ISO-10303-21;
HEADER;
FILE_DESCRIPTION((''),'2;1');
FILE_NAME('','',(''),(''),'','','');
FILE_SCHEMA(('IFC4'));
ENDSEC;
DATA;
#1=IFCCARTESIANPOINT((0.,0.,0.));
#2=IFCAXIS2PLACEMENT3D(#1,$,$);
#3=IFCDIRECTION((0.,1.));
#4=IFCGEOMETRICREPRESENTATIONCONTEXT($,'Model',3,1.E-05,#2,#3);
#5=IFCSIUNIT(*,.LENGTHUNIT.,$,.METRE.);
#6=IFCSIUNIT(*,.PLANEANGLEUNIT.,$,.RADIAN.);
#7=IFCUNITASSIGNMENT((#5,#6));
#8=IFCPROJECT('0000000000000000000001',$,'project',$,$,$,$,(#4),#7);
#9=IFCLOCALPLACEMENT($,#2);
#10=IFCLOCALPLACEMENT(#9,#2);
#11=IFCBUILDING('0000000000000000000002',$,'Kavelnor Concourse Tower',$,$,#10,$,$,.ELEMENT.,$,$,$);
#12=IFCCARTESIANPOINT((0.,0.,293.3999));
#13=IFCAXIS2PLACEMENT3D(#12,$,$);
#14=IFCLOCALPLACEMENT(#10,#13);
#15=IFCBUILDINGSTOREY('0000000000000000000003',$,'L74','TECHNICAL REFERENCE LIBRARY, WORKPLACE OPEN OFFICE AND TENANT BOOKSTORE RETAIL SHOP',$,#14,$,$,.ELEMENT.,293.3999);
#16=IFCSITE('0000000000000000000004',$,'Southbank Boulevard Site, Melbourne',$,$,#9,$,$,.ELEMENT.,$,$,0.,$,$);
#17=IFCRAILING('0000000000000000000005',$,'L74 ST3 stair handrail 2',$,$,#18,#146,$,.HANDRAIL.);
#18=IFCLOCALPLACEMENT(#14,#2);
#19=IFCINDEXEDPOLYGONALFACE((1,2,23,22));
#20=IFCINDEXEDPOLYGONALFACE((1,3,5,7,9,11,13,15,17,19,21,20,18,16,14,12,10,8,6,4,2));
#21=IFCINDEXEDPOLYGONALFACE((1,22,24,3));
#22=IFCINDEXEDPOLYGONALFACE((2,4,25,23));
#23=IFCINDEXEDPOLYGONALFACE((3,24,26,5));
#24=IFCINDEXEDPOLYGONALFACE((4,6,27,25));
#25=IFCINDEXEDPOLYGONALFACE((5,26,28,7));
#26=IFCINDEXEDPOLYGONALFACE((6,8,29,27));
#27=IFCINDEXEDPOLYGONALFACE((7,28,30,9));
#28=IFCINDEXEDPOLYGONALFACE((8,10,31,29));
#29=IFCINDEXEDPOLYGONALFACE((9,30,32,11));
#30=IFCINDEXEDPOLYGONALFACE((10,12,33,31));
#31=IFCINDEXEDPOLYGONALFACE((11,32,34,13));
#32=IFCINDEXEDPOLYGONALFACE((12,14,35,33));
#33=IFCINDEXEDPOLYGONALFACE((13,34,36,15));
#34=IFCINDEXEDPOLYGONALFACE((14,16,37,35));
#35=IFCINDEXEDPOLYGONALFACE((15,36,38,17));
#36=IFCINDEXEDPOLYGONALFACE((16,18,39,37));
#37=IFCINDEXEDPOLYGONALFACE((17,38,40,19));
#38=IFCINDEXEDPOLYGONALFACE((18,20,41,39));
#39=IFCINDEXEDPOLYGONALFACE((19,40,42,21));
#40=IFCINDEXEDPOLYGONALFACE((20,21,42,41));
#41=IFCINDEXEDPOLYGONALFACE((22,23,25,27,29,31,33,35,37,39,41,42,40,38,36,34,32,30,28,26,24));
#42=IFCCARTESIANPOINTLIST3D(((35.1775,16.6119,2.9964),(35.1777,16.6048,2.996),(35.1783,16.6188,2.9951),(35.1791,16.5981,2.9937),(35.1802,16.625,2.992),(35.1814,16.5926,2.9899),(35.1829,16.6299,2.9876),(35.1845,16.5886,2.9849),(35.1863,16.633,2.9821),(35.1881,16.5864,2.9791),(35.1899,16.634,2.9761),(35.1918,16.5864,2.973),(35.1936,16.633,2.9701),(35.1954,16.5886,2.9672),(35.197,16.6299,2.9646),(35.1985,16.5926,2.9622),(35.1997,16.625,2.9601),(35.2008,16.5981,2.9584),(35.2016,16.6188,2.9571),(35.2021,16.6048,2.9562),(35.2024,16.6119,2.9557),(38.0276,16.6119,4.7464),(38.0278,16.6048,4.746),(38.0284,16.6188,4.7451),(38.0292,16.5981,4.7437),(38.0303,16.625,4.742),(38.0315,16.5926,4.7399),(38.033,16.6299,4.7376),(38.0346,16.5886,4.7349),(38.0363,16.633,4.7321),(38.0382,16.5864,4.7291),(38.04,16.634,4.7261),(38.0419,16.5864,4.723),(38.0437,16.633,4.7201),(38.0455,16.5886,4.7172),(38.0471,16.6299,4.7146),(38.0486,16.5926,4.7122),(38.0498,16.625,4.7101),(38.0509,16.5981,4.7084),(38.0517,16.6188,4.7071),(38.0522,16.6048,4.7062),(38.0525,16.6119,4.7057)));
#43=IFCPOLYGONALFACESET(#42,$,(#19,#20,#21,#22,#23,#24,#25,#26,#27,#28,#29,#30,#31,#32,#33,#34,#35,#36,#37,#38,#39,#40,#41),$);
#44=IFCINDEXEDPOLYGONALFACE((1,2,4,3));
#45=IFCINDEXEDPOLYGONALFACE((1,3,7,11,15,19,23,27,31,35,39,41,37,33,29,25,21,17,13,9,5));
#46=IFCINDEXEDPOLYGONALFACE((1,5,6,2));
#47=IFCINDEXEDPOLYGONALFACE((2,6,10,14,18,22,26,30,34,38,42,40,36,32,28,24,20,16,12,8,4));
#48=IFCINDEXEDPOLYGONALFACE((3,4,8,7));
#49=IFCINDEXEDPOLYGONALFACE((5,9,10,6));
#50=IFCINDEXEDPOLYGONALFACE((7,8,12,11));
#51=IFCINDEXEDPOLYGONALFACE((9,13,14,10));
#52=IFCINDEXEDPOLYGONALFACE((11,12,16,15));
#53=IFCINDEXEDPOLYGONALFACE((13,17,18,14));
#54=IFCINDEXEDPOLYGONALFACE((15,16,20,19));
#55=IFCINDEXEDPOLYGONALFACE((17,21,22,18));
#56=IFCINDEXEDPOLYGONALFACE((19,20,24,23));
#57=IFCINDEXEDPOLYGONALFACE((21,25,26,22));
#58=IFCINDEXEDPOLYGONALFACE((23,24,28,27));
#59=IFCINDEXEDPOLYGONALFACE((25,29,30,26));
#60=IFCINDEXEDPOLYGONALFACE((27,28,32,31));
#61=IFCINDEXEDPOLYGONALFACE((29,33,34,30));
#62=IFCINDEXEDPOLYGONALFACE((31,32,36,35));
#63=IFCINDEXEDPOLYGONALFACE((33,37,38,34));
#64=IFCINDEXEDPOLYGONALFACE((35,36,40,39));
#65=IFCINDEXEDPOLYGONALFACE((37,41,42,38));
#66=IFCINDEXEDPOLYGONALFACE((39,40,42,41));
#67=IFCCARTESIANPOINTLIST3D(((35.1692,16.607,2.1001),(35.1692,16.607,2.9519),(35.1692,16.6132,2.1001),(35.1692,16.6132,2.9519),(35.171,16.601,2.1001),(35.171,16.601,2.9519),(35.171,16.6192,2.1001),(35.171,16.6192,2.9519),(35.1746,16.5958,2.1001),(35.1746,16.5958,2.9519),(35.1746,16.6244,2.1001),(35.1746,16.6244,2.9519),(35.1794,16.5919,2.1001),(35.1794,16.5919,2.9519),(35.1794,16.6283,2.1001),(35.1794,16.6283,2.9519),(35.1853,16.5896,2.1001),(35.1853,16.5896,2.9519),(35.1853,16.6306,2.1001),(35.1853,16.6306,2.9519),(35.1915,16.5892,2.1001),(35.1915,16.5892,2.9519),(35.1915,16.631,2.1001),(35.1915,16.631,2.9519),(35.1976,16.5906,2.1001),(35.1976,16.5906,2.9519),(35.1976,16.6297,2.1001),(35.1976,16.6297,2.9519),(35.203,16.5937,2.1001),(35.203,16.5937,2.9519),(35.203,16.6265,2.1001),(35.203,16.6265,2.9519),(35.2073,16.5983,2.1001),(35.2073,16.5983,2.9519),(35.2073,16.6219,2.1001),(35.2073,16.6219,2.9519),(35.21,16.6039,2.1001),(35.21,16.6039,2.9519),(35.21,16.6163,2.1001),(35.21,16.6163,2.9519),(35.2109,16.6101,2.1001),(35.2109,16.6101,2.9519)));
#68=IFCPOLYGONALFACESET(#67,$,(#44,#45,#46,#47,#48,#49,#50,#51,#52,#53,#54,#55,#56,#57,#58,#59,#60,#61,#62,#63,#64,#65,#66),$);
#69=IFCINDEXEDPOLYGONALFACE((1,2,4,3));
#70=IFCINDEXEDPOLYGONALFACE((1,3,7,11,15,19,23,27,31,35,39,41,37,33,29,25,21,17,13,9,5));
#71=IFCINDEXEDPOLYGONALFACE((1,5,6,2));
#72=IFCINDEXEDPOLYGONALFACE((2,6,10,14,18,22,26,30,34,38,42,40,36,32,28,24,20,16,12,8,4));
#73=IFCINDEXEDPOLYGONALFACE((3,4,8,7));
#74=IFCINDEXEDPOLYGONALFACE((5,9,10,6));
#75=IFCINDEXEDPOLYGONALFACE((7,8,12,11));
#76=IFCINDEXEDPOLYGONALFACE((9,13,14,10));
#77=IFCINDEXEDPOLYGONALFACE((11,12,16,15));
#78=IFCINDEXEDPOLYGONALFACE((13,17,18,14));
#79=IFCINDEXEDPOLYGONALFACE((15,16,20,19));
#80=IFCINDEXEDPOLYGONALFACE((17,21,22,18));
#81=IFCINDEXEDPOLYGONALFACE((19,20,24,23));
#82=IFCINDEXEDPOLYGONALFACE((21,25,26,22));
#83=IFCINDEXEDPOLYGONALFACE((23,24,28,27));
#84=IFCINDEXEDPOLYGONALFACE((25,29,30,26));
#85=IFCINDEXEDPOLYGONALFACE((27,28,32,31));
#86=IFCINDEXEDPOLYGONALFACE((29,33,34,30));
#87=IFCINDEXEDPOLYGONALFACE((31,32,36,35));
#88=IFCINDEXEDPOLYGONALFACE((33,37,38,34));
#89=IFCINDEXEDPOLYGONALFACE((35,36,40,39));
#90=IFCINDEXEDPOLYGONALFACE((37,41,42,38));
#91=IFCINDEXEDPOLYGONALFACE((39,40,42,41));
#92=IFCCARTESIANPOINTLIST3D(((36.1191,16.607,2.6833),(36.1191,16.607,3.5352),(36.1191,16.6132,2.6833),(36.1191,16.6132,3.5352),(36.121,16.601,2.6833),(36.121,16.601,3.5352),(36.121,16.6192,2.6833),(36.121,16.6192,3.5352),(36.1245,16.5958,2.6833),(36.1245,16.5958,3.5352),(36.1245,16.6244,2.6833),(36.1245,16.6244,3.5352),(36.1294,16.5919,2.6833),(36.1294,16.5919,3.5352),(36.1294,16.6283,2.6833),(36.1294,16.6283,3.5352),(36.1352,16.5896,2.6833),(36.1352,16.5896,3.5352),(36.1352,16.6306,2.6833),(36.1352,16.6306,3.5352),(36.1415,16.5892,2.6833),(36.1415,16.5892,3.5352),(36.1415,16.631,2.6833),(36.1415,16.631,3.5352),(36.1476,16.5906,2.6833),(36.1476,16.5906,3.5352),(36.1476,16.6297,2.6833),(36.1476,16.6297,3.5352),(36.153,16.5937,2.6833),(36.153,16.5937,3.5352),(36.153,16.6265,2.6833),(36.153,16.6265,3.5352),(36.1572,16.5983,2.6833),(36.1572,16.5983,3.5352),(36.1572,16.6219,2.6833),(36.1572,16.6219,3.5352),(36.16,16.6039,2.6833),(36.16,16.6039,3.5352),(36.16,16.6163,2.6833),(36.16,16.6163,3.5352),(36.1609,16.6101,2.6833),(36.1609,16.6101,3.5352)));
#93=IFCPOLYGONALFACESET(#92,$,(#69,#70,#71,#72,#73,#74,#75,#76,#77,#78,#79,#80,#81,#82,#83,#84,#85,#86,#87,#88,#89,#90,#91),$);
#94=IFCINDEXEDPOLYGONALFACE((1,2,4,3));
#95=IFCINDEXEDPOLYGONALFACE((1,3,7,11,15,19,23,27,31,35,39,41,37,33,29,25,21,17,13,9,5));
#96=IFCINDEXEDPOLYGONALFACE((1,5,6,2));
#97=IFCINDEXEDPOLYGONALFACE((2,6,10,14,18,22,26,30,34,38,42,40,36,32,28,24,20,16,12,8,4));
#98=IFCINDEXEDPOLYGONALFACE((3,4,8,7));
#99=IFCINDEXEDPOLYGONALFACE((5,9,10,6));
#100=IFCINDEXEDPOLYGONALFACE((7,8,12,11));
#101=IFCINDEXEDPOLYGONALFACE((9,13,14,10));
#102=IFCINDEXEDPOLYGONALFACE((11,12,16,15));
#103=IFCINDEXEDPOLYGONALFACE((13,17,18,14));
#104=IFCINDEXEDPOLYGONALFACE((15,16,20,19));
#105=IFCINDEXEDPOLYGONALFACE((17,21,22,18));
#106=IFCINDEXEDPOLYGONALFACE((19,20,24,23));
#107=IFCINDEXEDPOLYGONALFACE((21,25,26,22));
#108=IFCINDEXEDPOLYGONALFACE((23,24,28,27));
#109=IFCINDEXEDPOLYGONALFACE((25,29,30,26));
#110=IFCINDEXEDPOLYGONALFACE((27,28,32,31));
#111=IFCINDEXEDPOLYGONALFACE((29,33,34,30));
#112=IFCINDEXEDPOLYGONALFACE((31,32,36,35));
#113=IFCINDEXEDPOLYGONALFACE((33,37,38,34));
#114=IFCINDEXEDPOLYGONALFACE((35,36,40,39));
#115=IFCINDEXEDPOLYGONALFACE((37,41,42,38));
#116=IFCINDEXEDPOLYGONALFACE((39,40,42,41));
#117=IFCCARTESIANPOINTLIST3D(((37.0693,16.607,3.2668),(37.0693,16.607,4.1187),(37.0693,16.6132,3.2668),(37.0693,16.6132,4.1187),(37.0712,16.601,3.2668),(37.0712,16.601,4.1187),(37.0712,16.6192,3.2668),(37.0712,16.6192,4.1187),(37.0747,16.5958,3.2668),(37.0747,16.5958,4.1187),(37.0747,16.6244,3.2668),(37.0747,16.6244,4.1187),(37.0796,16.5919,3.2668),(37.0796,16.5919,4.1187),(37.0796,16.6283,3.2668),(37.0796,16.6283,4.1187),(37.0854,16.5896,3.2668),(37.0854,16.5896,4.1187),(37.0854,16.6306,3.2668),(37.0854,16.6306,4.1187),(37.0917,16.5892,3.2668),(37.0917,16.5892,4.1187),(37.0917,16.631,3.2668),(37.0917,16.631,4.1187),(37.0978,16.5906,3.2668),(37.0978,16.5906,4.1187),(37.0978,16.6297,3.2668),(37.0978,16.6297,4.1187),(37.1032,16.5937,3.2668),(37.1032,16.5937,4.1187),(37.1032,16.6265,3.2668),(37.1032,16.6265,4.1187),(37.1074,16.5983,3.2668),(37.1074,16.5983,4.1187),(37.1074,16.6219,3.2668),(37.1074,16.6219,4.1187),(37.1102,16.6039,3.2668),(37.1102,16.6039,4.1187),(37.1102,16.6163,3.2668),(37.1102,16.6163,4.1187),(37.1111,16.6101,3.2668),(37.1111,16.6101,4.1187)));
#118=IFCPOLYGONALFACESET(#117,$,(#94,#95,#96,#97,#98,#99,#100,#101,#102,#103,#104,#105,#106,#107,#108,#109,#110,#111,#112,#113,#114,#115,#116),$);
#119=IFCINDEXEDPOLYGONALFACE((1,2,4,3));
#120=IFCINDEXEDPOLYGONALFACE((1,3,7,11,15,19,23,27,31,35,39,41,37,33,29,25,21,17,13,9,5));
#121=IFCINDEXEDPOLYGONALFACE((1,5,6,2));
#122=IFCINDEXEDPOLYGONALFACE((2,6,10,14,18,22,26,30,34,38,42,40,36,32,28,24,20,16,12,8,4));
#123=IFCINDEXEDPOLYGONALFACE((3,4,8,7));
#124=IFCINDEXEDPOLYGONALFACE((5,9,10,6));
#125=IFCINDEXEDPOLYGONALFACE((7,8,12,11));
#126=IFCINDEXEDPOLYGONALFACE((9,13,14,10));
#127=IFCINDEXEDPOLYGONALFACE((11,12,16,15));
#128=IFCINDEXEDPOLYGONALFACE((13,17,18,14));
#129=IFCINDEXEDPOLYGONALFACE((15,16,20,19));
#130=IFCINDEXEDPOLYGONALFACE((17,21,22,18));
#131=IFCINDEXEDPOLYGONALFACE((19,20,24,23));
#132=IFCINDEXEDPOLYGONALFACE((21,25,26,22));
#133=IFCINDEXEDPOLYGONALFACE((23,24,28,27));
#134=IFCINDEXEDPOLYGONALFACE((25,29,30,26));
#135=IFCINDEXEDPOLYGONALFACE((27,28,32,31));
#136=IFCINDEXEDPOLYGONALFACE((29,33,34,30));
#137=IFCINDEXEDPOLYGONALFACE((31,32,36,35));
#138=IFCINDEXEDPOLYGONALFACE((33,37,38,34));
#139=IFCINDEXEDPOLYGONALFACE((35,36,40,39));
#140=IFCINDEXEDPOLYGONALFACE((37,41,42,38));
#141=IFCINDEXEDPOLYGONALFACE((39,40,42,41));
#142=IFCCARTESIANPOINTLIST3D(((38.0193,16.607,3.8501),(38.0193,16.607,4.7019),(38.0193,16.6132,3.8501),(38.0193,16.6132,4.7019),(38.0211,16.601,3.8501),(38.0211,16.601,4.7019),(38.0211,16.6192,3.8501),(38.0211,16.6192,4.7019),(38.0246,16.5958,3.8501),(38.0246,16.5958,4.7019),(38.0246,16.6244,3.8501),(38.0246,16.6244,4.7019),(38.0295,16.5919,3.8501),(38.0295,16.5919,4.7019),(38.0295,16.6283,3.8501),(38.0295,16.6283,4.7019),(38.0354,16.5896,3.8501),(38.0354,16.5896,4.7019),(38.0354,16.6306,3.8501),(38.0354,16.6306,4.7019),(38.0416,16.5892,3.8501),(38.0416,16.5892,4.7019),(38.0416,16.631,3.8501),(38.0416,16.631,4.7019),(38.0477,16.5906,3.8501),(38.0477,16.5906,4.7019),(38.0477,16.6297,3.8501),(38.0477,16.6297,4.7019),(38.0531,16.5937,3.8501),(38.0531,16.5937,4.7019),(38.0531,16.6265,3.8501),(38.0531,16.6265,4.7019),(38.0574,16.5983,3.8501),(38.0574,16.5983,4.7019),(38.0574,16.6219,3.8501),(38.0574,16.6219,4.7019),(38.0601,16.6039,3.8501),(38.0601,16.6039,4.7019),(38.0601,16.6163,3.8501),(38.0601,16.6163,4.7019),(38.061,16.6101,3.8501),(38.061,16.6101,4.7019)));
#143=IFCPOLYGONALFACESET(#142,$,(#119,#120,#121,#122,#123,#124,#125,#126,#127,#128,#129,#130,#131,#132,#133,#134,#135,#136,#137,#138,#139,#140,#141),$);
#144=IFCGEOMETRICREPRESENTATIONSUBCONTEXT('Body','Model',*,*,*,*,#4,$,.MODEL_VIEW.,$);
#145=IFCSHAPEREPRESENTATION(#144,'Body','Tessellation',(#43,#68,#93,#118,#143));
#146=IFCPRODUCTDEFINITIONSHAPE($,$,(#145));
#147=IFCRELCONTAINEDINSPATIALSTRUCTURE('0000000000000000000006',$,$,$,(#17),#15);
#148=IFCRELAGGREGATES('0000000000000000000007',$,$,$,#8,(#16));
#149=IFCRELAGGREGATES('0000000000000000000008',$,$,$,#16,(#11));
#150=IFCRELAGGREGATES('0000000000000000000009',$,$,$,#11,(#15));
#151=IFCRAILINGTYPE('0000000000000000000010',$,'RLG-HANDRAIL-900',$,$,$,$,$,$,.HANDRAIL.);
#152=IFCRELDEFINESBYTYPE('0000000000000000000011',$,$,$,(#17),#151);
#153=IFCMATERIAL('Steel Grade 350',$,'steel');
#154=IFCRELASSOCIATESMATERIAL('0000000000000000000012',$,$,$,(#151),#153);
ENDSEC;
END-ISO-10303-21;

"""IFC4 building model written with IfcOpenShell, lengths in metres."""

from ifc_helpers import new_model, si_unit, direction, frame, origin, origin_2d, place, context, subcontext, project, spatial, circle, extrude, material, type_object, element, save


model = new_model("IFC4")

# Units and contexts
model_context = context("Model", 3, precision=1e-05, world=origin(), true_north=direction((0.0, 1.0)))
body_context = subcontext(model_context, "Body", "Model", "MODEL_VIEW")
ifc_project = project(units=[si_unit("LENGTHUNIT", "METRE"), si_unit("PLANEANGLEUNIT", "RADIAN")], contexts=[model_context])

# Site, building, storey
site_placement = place(None, origin())
site = spatial("IfcSite", under=ifc_project, at=site_placement, Name="Southbank Boulevard Site, Melbourne", CompositionType="ELEMENT", RefElevation=0.0)
building_placement = place(site_placement, origin())
building = spatial("IfcBuilding", under=site, at=building_placement, Name="Kavelnor Concourse Tower", CompositionType="ELEMENT")
storey_placement = place(building_placement, frame((0.0, 0.0, 293.3999)))
storey = spatial("IfcBuildingStorey", under=building, at=storey_placement, Name="L74", Description="TECHNICAL REFERENCE LIBRARY, WORKPLACE OPEN OFFICE AND TENANT BOOKSTORE RETAIL SHOP", CompositionType="ELEMENT", Elevation=293.3999)

# Shared definitions
ifc_material_1 = material(Name="Steel Grade 350", Category="steel")

# Railing
railing_type_1 = type_object("IfcRailingType", Name="RLG-HANDRAIL-900", PredefinedType="HANDRAIL", material=ifc_material_1)
railing_1_placement = place(storey_placement, frame((35.1899, 16.6101, 2.1001)))
element("IfcRailing", 1, at=railing_1_placement, inside=storey, type_object=railing_type_1, Name="L74 ST3 stair handrail 2", PredefinedType="HANDRAIL", context=body_context, shape_type="SweptSolid", body=[
    extrude(circle(Radius=0.0239, at=origin_2d()), frame((0.0, 0.0, 0.876), z_axis=(0.852179, 0.0, 0.52325), x_axis=(0.0, 1.0, 0.0)), (0.0, 0.0, 1.0), 3.3445),
    extrude(circle(Radius=0.021, at=origin_2d()), origin(), (0.0, 0.0, 1.0), 0.8518),
    extrude(circle(Radius=0.021, at=origin_2d()), frame((0.95, 0.0, 0.5833)), (0.0, 0.0, 1.0), 0.8518),
    extrude(circle(Radius=0.021, at=origin_2d()), frame((1.9001, 0.0, 1.1667)), (0.0, 0.0, 1.0), 0.8518),
    extrude(circle(Radius=0.021, at=origin_2d()), frame((2.8501, 0.0, 1.75)), (0.0, 0.0, 1.0), 0.8518),
])

save(model, "model.ifc")
